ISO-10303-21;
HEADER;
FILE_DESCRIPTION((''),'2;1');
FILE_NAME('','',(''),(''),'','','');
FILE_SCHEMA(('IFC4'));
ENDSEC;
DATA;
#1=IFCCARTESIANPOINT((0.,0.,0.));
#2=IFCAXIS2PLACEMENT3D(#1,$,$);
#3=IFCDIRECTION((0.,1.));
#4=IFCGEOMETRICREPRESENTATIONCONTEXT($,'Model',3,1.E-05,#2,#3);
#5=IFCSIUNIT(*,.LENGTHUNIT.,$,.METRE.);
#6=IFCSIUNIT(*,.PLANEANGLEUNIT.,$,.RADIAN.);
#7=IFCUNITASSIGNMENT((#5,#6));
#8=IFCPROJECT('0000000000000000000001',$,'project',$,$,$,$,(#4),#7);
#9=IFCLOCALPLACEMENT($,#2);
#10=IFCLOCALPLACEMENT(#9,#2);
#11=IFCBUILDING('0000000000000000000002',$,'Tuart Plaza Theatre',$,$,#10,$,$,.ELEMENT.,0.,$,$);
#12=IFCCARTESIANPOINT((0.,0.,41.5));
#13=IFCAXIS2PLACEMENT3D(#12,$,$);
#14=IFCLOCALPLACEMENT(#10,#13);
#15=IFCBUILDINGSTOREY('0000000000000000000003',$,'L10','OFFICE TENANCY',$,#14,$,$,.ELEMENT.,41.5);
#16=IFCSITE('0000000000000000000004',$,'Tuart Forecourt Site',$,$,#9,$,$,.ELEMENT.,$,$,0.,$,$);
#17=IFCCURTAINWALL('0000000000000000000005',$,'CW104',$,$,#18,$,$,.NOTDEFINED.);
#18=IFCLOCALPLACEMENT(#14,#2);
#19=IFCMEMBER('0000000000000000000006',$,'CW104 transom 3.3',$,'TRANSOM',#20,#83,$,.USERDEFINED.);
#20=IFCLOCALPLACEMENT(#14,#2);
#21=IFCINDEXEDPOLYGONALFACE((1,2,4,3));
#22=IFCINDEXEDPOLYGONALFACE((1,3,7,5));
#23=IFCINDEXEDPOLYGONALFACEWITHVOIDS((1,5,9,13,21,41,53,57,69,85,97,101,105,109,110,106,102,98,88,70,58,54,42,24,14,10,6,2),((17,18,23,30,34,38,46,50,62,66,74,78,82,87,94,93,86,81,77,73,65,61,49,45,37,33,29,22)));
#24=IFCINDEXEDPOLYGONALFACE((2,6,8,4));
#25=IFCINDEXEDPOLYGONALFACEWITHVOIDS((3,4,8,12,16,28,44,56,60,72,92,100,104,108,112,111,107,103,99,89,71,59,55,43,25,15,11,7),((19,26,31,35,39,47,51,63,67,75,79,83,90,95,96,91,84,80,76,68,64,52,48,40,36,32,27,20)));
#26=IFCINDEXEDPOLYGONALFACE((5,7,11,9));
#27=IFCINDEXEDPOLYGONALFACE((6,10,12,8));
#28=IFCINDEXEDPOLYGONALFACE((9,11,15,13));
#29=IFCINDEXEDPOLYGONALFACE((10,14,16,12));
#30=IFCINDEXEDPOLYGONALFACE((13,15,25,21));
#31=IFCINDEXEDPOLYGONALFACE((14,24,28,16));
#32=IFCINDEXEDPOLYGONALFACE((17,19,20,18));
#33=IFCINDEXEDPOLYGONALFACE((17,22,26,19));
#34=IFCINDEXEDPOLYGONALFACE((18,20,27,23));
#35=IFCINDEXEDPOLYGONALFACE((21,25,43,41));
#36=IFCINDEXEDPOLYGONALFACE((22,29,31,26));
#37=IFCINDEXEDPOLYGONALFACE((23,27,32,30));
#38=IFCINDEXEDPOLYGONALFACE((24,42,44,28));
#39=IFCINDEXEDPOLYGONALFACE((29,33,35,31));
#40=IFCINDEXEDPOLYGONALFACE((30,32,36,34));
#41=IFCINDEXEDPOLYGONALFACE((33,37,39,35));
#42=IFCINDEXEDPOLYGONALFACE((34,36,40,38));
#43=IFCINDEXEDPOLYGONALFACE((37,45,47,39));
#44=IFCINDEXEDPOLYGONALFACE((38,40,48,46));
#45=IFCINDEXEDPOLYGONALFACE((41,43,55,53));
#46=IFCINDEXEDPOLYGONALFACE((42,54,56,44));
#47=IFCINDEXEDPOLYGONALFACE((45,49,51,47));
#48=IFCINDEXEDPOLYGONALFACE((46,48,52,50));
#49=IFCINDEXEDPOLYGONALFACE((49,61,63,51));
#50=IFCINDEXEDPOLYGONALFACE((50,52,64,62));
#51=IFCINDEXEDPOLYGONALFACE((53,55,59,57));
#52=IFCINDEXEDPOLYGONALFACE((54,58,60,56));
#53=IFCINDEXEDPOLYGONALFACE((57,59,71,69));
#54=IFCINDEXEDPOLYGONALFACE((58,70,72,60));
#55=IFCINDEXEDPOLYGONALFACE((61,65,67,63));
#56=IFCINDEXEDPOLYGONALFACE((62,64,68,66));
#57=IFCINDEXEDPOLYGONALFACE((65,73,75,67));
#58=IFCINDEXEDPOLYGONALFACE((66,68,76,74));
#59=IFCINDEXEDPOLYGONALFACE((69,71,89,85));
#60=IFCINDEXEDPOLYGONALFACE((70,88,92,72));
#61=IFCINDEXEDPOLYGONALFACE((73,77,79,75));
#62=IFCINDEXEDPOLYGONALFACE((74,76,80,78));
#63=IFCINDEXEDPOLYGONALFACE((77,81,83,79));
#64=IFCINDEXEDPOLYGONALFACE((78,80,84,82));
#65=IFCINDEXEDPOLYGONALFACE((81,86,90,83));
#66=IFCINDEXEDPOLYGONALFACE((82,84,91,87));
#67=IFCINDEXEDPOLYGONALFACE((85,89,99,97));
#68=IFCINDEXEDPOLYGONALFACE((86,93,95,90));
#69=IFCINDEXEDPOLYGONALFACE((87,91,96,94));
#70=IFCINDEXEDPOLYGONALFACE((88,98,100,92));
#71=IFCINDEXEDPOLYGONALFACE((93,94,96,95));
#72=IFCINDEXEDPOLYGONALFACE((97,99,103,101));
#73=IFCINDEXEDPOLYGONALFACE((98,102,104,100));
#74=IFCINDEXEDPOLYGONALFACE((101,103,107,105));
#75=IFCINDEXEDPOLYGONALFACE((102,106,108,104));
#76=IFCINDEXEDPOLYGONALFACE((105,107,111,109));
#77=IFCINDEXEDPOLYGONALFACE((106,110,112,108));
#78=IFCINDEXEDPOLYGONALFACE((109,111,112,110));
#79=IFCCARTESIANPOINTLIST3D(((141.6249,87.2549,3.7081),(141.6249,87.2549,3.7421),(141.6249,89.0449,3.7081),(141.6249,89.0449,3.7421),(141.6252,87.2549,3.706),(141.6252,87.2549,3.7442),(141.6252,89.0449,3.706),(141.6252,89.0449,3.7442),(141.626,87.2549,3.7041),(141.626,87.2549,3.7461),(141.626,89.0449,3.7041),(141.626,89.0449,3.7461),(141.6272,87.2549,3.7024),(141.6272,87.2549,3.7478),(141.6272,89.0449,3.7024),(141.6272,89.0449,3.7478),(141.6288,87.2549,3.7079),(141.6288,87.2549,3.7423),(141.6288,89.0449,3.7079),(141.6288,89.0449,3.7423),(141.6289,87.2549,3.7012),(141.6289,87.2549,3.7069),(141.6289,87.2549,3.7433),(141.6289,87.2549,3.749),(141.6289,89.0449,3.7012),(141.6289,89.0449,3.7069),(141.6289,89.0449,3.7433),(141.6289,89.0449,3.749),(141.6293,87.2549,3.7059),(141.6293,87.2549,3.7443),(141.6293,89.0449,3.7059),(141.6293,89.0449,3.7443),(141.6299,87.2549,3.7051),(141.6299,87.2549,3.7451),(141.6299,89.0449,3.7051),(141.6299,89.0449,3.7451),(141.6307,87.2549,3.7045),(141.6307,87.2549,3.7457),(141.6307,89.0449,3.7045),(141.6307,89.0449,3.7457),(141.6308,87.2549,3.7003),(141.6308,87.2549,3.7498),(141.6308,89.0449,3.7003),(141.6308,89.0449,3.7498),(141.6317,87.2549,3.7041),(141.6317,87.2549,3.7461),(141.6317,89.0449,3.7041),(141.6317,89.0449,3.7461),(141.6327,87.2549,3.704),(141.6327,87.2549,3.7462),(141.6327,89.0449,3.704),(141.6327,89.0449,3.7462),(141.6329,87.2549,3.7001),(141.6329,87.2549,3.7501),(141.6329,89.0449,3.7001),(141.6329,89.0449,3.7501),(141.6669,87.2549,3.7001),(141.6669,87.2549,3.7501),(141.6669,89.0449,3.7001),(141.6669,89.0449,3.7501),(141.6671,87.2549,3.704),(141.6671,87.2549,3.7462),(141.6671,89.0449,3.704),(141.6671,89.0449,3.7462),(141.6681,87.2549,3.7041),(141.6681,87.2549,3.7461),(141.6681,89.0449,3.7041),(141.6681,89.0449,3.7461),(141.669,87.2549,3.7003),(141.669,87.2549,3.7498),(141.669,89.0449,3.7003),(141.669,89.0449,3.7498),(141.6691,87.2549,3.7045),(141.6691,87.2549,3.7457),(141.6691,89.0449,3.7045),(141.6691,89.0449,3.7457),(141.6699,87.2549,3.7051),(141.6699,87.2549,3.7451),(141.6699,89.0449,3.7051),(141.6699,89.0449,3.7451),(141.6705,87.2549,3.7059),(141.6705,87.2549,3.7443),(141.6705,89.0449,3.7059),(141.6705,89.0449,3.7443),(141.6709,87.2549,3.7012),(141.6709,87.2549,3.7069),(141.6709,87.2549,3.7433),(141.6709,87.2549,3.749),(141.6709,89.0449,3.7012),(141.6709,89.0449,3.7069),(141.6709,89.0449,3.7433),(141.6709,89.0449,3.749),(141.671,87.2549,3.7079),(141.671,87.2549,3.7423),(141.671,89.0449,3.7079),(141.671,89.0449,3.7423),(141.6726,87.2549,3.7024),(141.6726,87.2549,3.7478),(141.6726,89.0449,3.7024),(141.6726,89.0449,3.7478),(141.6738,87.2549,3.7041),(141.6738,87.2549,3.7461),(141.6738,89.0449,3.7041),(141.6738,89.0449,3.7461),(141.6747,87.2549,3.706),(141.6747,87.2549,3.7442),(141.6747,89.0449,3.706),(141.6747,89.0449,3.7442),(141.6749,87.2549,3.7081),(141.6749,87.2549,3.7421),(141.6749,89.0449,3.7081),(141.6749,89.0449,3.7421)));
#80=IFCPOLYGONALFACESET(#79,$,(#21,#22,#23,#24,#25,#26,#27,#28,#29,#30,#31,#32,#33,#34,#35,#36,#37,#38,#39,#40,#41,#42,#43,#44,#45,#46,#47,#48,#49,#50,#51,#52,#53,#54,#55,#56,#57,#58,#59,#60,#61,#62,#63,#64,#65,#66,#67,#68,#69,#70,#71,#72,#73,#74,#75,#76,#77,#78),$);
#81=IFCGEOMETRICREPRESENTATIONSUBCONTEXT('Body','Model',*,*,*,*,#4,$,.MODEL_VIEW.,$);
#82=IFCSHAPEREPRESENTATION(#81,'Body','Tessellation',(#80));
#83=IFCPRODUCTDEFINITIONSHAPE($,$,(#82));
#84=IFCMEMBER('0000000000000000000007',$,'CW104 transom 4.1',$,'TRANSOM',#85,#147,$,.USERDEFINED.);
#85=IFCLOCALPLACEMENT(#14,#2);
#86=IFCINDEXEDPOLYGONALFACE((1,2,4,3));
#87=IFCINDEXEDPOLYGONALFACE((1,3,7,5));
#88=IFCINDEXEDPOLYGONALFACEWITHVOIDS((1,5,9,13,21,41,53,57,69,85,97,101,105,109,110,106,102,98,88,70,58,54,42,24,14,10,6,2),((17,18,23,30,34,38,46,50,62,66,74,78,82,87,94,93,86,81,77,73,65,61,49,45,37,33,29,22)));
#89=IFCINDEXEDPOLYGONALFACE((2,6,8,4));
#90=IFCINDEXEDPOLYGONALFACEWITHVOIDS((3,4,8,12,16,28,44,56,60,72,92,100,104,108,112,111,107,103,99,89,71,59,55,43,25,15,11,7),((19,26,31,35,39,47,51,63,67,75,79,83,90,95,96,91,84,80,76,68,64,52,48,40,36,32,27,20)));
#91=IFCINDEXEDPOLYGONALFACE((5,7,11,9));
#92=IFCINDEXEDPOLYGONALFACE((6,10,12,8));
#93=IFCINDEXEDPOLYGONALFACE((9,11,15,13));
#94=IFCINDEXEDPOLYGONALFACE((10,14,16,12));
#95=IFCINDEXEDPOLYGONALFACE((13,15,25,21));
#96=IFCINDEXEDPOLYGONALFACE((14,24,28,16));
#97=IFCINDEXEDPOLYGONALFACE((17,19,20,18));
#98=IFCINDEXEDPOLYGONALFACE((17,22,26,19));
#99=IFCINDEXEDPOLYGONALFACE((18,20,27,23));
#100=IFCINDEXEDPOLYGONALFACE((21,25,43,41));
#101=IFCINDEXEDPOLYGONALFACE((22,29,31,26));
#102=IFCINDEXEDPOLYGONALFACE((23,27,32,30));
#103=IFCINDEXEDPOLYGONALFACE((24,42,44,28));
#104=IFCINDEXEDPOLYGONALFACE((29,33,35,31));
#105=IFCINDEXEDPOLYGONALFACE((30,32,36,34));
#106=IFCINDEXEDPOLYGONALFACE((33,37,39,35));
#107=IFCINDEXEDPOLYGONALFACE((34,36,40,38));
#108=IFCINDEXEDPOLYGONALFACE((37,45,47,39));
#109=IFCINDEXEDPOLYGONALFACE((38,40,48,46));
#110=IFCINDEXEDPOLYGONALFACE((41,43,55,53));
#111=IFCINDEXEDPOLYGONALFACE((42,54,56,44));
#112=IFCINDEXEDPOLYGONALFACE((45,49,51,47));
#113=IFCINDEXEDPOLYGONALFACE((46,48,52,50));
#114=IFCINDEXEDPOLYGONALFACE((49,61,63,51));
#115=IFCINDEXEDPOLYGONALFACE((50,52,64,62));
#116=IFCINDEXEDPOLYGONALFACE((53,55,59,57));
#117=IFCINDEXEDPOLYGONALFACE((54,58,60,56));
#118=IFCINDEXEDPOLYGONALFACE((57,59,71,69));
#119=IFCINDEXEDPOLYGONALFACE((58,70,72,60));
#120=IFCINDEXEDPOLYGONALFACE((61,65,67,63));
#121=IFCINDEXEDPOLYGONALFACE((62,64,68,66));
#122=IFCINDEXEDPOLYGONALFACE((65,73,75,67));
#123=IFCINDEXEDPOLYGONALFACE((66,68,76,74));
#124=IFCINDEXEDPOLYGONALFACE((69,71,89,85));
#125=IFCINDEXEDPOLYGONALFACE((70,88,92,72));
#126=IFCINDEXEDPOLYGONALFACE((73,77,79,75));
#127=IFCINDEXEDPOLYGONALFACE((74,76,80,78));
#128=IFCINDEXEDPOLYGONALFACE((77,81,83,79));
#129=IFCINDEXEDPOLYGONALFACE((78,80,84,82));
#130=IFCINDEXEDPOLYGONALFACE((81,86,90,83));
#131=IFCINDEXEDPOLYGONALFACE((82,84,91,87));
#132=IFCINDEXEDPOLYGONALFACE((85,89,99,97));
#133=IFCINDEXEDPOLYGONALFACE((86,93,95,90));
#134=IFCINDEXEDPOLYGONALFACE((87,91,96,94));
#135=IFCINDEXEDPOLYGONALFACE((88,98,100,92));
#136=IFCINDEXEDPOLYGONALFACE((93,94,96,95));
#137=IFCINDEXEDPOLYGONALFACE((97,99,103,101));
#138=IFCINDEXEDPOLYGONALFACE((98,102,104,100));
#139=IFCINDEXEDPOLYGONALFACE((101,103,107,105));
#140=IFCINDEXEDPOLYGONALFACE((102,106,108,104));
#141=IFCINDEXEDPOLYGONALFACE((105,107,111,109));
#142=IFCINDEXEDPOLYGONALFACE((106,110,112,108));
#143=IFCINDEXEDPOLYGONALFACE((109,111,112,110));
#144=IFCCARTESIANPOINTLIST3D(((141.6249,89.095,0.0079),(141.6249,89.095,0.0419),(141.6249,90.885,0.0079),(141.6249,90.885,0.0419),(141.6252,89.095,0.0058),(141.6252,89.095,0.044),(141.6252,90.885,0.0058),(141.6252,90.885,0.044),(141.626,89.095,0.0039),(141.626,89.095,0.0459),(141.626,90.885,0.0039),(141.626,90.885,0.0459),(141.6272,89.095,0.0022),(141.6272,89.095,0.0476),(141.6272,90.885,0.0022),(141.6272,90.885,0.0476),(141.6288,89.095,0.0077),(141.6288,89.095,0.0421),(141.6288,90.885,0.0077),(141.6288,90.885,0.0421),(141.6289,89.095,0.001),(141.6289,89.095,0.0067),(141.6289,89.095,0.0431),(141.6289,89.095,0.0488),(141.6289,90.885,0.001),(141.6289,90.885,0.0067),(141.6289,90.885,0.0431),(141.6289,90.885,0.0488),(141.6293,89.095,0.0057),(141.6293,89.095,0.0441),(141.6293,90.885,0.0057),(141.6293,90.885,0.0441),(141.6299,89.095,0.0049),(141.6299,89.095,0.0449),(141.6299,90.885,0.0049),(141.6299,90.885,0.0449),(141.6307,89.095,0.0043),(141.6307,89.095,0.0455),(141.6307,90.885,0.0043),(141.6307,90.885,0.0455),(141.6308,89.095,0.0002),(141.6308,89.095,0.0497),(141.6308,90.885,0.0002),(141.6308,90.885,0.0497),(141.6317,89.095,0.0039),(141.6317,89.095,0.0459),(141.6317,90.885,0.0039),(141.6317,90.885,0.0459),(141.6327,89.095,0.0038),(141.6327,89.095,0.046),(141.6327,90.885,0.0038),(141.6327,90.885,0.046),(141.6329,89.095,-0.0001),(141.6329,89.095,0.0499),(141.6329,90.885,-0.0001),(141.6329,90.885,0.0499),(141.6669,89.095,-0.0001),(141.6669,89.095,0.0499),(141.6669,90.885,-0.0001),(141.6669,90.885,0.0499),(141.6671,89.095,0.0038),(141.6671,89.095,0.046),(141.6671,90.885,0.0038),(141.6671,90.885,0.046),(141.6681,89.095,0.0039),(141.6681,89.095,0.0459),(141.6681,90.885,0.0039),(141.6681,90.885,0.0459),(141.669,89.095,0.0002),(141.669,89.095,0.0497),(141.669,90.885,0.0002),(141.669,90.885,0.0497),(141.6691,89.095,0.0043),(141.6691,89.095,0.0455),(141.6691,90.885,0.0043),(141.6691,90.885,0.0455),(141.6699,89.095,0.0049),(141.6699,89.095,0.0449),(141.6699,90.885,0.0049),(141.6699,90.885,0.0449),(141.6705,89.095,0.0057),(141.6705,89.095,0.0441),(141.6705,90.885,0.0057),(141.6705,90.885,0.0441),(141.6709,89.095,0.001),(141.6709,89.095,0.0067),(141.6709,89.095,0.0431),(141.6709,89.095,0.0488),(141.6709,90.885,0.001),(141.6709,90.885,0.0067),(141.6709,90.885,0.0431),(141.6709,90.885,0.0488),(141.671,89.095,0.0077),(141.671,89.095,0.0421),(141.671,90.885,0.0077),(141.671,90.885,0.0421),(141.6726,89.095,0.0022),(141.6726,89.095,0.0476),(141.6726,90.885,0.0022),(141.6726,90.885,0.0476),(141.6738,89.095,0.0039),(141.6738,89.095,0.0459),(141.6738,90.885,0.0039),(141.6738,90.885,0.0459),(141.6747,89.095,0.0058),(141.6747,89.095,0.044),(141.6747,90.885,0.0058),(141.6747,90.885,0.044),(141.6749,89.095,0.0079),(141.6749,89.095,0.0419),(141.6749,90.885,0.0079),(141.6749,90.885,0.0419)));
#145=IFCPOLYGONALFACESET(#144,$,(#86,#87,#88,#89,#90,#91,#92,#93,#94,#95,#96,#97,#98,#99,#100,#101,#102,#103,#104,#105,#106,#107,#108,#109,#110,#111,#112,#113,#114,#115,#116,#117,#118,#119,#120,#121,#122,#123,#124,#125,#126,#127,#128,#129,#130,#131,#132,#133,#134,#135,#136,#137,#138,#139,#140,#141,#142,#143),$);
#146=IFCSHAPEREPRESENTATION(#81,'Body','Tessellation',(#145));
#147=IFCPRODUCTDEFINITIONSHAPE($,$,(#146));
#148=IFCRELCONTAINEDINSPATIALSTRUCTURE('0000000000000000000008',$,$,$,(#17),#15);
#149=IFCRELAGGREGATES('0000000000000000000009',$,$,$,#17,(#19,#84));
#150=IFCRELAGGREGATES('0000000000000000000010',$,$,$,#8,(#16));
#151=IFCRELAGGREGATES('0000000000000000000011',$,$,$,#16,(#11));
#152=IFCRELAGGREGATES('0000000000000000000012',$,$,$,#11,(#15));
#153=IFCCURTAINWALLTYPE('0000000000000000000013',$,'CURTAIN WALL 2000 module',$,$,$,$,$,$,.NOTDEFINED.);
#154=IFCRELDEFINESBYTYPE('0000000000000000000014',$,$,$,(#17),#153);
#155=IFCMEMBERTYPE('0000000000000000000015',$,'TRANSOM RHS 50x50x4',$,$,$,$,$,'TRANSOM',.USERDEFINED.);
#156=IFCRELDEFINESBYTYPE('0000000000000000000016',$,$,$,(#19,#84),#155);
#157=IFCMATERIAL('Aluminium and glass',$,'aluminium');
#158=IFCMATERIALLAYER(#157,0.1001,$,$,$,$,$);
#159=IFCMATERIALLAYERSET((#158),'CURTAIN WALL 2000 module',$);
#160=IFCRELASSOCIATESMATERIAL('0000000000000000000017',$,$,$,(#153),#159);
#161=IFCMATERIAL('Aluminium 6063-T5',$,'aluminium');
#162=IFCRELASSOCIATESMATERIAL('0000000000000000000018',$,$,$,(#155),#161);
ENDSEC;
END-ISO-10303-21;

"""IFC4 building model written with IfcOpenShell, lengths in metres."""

from ifc_helpers import new_model, si_unit, direction, frame, origin, origin_2d, place, context, subcontext, project, spatial, hollow_rectangle, extrude, material, layer, layer_set, material_profile, profile_set, type_object, element, aggregate, save


model = new_model("IFC4")

# Units and contexts
model_context = context("Model", 3, precision=1e-05, world=origin(), true_north=direction((0.0, 1.0)))
body_context = subcontext(model_context, "Body", "Model", "MODEL_VIEW")
ifc_project = project(units=[si_unit("LENGTHUNIT", "METRE"), si_unit("PLANEANGLEUNIT", "RADIAN")], contexts=[model_context])

# Site, building, storey
site_placement = place(None, origin())
site = spatial("IfcSite", under=ifc_project, at=site_placement, Name="Tuart Forecourt Site", CompositionType="ELEMENT", RefElevation=0.0)
building_placement = place(site_placement, origin())
building = spatial("IfcBuilding", under=site, at=building_placement, Name="Tuart Plaza Theatre", CompositionType="ELEMENT", ElevationOfRefHeight=0.0)
storey_placement = place(building_placement, frame((0.0, 0.0, 41.5)))
storey = spatial("IfcBuildingStorey", under=building, at=storey_placement, Name="L10", Description="OFFICE TENANCY", CompositionType="ELEMENT", Elevation=41.5)

# Shared definitions
ifc_material_1 = material(Name="Aluminium and glass", Category="aluminium")
ifc_layer_1 = layer(ifc_material_1, 0.1001)
ifc_layer_set_1 = layer_set([ifc_layer_1], Name="CURTAIN WALL 2000 module")
curtain_wall_type = type_object("IfcCurtainWallType", Name="CURTAIN WALL 2000 module", PredefinedType="NOTDEFINED", material=ifc_layer_set_1)

# Curtain wall
curtain_wall_1_placement = place(storey_placement, origin())
curtain_wall_1 = element("IfcCurtainWall", 1, at=curtain_wall_1_placement, inside=storey, type_object=curtain_wall_type, Name="CW104", PredefinedType="NOTDEFINED")

# Members
ifc_material_2 = material(Name="Aluminium 6063-T5", Category="aluminium")
ifc_material_profile_1 = material_profile(ifc_material_2, hollow_rectangle(XDim=0.05, YDim=0.05, WallThickness=0.0039, InnerFilletRadius=0.0039, OuterFilletRadius=0.0081, at=origin_2d()), Name="RHS 50x50x4")
ifc_profile_set_1 = profile_set([ifc_material_profile_1], Name="Aluminium 6063-T5")
member_type_1 = type_object("IfcMemberType", Name="TRANSOM RHS 50x50x4", ElementType="TRANSOM", PredefinedType="USERDEFINED", material=ifc_profile_set_1)
member_1_placement = place(storey_placement, frame((141.6499, 87.2549, 3.7251), z_axis=(0.0, 1.0, 0.0), x_axis=(-1.0, 0.0, 0.0)))
member_1 = element("IfcMember", 2, at=member_1_placement, type_object=member_type_1, Name="CW104 transom 3.3", ObjectType="TRANSOM", PredefinedType="USERDEFINED", context=body_context, shape_type="SweptSolid", body=[
    extrude(hollow_rectangle(XDim=0.05, YDim=0.05, WallThickness=0.0039, InnerFilletRadius=0.0039, OuterFilletRadius=0.0081, at=origin_2d()), origin(), (0.0, 0.0, 1.0), 1.79),
])
member_2_placement = place(storey_placement, frame((141.6499, 89.095, 0.0249), z_axis=(0.0, 1.0, 0.0), x_axis=(-1.0, 0.0, 0.0)))
member_2 = element("IfcMember", 3, at=member_2_placement, type_object=member_type_1, Name="CW104 transom 4.1", ObjectType="TRANSOM", PredefinedType="USERDEFINED", context=body_context, shape_type="SweptSolid", body=[
    extrude(hollow_rectangle(XDim=0.05, YDim=0.05, WallThickness=0.0039, InnerFilletRadius=0.0039, OuterFilletRadius=0.0081, at=origin_2d()), origin(), (0.0, 0.0, 1.0), 1.79),
])

aggregate(curtain_wall_1, [member_1, member_2])

save(model, "model.ifc")
